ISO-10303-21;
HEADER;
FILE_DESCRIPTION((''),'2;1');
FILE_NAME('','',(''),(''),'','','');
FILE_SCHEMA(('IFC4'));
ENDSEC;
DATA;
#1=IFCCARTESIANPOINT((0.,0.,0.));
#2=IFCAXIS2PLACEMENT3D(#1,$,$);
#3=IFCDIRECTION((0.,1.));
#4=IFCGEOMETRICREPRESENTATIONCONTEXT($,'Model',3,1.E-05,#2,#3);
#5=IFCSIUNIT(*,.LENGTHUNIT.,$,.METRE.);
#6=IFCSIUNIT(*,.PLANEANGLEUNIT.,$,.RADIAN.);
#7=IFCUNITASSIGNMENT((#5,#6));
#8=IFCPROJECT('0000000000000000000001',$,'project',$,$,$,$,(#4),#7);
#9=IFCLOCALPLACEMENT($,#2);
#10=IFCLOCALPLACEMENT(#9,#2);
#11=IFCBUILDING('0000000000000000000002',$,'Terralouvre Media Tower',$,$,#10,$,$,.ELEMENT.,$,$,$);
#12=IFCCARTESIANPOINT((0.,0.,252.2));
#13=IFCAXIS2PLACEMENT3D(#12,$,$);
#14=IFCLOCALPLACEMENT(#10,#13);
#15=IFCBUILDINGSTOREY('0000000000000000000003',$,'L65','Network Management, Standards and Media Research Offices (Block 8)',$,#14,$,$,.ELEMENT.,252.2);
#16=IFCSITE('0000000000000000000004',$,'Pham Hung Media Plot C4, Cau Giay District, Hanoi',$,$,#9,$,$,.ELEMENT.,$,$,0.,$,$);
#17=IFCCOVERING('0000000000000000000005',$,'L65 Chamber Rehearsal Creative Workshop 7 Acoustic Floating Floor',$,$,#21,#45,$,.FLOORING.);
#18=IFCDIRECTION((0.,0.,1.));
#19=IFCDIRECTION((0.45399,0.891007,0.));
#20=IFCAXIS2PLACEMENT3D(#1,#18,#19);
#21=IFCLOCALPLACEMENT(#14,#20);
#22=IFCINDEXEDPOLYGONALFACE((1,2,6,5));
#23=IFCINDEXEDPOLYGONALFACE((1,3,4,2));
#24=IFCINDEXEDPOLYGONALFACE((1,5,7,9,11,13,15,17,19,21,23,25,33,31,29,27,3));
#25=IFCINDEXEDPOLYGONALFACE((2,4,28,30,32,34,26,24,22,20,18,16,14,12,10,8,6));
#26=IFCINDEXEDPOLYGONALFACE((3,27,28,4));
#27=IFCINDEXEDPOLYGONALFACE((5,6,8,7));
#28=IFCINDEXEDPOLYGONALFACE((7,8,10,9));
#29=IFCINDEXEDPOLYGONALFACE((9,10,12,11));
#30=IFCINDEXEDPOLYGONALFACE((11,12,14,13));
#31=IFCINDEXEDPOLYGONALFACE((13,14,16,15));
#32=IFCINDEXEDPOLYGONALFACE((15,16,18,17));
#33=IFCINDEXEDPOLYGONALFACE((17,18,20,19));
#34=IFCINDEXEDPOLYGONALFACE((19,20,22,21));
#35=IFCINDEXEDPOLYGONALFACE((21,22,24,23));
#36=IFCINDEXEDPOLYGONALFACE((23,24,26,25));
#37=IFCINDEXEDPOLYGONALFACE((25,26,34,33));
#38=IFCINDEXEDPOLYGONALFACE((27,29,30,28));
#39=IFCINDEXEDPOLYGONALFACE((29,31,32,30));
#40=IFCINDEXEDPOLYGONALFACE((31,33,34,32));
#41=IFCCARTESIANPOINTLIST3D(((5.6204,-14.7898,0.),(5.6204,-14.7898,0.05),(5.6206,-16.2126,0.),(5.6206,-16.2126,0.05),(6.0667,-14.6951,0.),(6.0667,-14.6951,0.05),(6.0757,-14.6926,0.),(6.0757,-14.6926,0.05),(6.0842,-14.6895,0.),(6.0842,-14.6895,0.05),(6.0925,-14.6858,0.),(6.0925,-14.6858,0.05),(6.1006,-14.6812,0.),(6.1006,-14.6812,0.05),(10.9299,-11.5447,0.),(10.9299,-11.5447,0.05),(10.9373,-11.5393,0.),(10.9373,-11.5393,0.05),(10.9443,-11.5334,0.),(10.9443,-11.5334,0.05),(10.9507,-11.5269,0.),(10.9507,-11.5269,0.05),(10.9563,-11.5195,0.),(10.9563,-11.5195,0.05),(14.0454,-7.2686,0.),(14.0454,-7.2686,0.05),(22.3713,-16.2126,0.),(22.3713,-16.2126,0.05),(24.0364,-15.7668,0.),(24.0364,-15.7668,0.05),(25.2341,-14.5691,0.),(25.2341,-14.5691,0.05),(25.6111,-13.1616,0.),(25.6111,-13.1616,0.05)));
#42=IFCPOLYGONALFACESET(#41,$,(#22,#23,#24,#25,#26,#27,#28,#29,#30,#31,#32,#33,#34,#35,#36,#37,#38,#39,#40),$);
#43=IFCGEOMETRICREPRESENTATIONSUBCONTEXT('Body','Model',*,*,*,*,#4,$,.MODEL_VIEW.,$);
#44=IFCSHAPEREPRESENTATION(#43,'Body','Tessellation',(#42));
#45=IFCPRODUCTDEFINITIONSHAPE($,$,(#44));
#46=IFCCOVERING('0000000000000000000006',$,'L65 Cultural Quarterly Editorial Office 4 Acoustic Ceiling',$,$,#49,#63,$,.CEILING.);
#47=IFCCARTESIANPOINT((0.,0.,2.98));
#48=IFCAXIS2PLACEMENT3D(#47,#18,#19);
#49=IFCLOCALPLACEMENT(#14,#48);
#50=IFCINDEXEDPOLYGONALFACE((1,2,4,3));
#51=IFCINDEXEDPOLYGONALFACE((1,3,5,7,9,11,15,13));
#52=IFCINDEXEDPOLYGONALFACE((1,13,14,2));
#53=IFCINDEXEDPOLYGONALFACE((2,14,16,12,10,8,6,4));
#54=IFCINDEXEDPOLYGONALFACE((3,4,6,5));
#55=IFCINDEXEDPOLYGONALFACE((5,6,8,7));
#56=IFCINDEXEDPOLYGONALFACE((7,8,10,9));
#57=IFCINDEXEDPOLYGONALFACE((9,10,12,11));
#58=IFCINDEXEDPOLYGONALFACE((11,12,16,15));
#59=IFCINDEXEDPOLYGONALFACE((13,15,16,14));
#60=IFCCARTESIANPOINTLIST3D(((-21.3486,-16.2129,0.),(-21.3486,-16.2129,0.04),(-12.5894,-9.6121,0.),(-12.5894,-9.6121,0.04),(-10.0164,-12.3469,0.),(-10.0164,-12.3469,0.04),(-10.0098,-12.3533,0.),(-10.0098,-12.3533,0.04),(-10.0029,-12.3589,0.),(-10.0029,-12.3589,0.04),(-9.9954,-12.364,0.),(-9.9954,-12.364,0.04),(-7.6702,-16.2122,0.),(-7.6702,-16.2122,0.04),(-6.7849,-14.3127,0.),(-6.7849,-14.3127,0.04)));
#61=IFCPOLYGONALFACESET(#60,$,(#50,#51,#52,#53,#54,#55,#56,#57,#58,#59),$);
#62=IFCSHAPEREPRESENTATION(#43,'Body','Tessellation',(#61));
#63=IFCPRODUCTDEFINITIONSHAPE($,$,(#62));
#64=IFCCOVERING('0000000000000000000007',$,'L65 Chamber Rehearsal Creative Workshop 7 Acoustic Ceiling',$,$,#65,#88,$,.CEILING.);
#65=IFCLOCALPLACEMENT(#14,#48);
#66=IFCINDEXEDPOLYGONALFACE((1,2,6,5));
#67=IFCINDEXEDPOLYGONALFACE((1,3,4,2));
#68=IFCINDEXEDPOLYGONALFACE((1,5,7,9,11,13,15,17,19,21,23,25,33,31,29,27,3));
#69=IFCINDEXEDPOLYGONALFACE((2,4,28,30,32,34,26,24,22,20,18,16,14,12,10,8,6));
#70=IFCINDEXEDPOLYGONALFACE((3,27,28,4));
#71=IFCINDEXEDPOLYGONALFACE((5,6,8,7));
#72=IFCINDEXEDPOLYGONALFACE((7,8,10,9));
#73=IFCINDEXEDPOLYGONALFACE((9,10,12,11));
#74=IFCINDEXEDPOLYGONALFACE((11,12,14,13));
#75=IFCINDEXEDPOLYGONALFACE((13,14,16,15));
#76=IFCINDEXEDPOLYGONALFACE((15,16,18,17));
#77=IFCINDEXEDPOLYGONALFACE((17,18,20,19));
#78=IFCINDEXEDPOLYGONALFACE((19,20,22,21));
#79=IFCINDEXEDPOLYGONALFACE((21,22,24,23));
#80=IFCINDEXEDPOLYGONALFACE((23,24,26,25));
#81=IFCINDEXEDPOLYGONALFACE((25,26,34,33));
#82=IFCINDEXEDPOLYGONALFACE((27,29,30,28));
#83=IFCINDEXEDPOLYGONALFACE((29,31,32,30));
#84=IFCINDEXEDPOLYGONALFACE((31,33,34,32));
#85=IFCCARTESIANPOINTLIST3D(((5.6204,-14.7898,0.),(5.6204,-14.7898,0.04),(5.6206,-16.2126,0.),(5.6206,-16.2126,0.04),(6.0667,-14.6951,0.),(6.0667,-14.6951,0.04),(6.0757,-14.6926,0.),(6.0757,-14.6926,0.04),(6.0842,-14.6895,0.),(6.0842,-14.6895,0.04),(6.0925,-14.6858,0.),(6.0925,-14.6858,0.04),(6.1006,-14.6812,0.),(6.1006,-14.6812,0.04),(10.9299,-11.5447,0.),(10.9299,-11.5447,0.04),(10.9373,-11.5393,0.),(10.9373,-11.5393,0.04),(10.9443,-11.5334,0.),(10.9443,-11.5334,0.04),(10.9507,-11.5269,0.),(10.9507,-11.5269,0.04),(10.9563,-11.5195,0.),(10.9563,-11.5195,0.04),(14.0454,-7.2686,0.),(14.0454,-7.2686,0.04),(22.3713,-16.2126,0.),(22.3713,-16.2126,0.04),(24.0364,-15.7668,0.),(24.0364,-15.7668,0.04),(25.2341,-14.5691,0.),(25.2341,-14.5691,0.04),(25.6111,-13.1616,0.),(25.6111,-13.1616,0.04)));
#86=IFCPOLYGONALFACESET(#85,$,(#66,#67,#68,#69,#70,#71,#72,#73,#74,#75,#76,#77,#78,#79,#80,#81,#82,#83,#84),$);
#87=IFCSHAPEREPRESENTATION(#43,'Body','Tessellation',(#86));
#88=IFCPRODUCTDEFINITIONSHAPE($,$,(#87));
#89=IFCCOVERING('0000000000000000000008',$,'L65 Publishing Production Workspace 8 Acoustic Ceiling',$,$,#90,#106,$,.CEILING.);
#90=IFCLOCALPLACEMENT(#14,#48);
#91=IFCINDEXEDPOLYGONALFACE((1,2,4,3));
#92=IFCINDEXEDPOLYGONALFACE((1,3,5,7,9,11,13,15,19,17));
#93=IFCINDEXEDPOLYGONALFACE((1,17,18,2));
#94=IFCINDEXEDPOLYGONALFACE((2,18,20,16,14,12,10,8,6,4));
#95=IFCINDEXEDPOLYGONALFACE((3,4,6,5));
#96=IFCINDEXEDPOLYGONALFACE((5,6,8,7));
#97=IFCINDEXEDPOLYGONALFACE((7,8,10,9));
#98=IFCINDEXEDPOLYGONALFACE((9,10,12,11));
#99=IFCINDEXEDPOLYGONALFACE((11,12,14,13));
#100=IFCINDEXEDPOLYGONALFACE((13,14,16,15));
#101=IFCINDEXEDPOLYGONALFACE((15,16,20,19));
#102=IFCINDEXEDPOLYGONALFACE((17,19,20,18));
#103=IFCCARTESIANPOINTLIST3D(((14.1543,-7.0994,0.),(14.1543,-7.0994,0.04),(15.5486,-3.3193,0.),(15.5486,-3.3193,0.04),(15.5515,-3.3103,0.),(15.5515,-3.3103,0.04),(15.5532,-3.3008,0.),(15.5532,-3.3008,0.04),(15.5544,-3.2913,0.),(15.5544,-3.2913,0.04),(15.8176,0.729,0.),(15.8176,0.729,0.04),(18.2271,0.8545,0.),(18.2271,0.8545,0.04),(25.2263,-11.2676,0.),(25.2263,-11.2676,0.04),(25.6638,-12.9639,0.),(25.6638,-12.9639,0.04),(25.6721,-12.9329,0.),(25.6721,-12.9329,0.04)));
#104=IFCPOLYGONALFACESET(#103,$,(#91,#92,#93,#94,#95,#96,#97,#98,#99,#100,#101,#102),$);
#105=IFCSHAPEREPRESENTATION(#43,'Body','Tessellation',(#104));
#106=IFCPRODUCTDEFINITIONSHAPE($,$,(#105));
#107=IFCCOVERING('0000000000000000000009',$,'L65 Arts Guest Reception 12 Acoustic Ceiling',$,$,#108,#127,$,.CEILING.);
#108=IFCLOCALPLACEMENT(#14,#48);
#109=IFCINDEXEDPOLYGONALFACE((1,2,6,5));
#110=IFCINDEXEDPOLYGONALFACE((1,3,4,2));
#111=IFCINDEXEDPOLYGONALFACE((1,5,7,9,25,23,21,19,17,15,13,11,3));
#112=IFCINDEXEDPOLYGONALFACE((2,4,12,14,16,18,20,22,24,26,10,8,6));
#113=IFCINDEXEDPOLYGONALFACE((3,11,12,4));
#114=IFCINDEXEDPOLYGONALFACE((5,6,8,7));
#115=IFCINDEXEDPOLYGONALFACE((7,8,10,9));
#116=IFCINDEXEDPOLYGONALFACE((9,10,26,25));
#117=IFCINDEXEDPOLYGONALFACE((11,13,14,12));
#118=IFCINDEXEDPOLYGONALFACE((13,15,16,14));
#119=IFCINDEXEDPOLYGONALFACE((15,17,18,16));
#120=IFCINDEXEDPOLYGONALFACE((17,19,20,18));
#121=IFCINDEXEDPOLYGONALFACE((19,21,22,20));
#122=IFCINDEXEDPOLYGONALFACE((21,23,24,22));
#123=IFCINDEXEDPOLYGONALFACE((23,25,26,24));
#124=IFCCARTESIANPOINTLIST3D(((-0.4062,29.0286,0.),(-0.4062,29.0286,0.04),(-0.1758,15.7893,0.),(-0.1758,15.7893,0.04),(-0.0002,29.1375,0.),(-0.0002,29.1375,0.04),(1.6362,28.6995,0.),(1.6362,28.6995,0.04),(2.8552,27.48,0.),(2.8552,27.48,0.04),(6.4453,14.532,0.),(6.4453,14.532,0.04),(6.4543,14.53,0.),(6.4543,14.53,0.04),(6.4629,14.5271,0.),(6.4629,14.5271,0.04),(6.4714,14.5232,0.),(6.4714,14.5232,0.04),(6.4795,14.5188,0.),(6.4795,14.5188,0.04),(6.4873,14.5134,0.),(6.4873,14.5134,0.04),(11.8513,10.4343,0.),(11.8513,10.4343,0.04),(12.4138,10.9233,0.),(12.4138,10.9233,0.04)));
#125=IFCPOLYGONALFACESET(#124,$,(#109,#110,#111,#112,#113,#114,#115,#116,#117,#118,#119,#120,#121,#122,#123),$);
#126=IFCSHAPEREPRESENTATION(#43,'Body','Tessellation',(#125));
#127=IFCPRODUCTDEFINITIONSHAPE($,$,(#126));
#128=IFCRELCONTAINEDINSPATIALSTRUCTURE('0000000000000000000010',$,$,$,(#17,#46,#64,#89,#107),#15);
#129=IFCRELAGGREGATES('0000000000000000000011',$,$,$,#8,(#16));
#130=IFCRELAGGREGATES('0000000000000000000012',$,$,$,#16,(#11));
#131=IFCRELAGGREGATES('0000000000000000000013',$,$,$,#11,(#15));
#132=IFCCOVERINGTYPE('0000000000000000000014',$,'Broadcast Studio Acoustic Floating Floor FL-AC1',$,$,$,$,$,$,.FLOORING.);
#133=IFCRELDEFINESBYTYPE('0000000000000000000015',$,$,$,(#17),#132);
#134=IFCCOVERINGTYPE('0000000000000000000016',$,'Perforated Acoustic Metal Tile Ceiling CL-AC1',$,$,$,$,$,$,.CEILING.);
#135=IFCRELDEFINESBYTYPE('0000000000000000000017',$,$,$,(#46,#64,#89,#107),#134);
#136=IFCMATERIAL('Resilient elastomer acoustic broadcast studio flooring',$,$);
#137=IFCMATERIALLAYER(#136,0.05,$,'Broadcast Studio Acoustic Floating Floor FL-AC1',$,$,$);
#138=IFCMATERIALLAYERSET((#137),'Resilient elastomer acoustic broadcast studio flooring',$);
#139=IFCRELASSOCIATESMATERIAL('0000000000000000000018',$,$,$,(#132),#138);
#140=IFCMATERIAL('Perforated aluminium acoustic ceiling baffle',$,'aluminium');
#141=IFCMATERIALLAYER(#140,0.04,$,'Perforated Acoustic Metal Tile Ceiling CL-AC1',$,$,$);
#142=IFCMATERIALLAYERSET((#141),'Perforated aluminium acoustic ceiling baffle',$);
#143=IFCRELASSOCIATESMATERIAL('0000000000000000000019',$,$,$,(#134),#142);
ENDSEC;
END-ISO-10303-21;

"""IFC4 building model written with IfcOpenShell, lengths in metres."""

from ifc_helpers import new_model, si_unit, direction, frame, origin, place, context, subcontext, project, spatial, polyline, outline, extrude, material, layer, layer_set, type_object, element, save


model = new_model("IFC4")

# Units and contexts
model_context = context("Model", 3, precision=1e-05, world=origin(), true_north=direction((0.0, 1.0)))
body_context = subcontext(model_context, "Body", "Model", "MODEL_VIEW")
ifc_project = project(units=[si_unit("LENGTHUNIT", "METRE"), si_unit("PLANEANGLEUNIT", "RADIAN")], contexts=[model_context])

# Site, building, storey
site_placement = place(None, origin())
site = spatial("IfcSite", under=ifc_project, at=site_placement, Name="Pham Hung Media Plot C4, Cau Giay District, Hanoi", CompositionType="ELEMENT", RefElevation=0.0)
building_placement = place(site_placement, origin())
building = spatial("IfcBuilding", under=site, at=building_placement, Name="Terralouvre Media Tower", CompositionType="ELEMENT")
storey_placement = place(building_placement, frame((0.0, 0.0, 252.2)))
storey = spatial("IfcBuildingStorey", under=building, at=storey_placement, Name="L65", Description="Network Management, Standards and Media Research Offices (Block 8)", CompositionType="ELEMENT", Elevation=252.2)

# Coverings
ifc_material_1 = material(Name="Resilient elastomer acoustic broadcast studio flooring")
ifc_layer_1 = layer(ifc_material_1, 0.05, Name="Broadcast Studio Acoustic Floating Floor FL-AC1")
ifc_layer_set_1 = layer_set([ifc_layer_1], Name="Resilient elastomer acoustic broadcast studio flooring")
covering_type_1 = type_object("IfcCoveringType", Name="Broadcast Studio Acoustic Floating Floor FL-AC1", PredefinedType="FLOORING", material=ifc_layer_set_1)
covering_1_placement = place(storey_placement, frame((0.0, 0.0, 0.0), z_axis=(0.0, 0.0, 1.0), x_axis=(0.45399, 0.891007, 0.0)))
element("IfcCovering", 1, at=covering_1_placement, inside=storey, type_object=covering_type_1, Name="L65 Chamber Rehearsal Creative Workshop 7 Acoustic Floating Floor", PredefinedType="FLOORING", context=body_context, shape_type="SweptSolid", body=[
    extrude(outline(polyline([(10.9563, -11.5195), (10.9507, -11.5269), (10.9443, -11.5334), (10.9373, -11.5393), (10.9299, -11.5447), (6.1006, -14.6812), (6.0925, -14.6858), (6.0842, -14.6895), (6.0757, -14.6926), (6.0667, -14.6951), (5.6204, -14.7898), (5.6206, -16.2126), (22.3713, -16.2126), (24.0364, -15.7668), (25.2341, -14.5691), (25.6111, -13.1616), (14.0454, -7.2686), (10.9563, -11.5195)])), origin(), (0.0, 0.0, 1.0), 0.05),
])
ifc_material_2 = material(Name="Perforated aluminium acoustic ceiling baffle", Category="aluminium")
ifc_layer_2 = layer(ifc_material_2, 0.04, Name="Perforated Acoustic Metal Tile Ceiling CL-AC1")
ifc_layer_set_2 = layer_set([ifc_layer_2], Name="Perforated aluminium acoustic ceiling baffle")
covering_type_2 = type_object("IfcCoveringType", Name="Perforated Acoustic Metal Tile Ceiling CL-AC1", PredefinedType="CEILING", material=ifc_layer_set_2)
covering_2_placement = place(storey_placement, frame((0.0, 0.0, 2.98), z_axis=(0.0, 0.0, 1.0), x_axis=(0.45399, 0.891007, 0.0)))
element("IfcCovering", 2, at=covering_2_placement, inside=storey, type_object=covering_type_2, Name="L65 Cultural Quarterly Editorial Office 4 Acoustic Ceiling", PredefinedType="CEILING", context=body_context, shape_type="SweptSolid", body=[
    extrude(outline(polyline([(-9.9954, -12.364), (-10.0029, -12.3589), (-10.0098, -12.3533), (-10.0164, -12.3469), (-12.5894, -9.6121), (-21.3486, -16.2129), (-7.6702, -16.2122), (-6.7849, -14.3127), (-9.9954, -12.364)])), origin(), (0.0, 0.0, 1.0), 0.04),
])
covering_3_placement = place(storey_placement, frame((0.0, 0.0, 2.98), z_axis=(0.0, 0.0, 1.0), x_axis=(0.45399, 0.891007, 0.0)))
element("IfcCovering", 3, at=covering_3_placement, inside=storey, type_object=covering_type_2, Name="L65 Chamber Rehearsal Creative Workshop 7 Acoustic Ceiling", PredefinedType="CEILING", context=body_context, shape_type="SweptSolid", body=[
    extrude(outline(polyline([(10.9563, -11.5195), (10.9507, -11.5269), (10.9443, -11.5334), (10.9373, -11.5393), (10.9299, -11.5447), (6.1006, -14.6812), (6.0925, -14.6858), (6.0842, -14.6895), (6.0757, -14.6926), (6.0667, -14.6951), (5.6204, -14.7898), (5.6206, -16.2126), (22.3713, -16.2126), (24.0364, -15.7668), (25.2341, -14.5691), (25.6111, -13.1616), (14.0454, -7.2686), (10.9563, -11.5195)])), origin(), (0.0, 0.0, 1.0), 0.04),
])
covering_4_placement = place(storey_placement, frame((0.0, 0.0, 2.98), z_axis=(0.0, 0.0, 1.0), x_axis=(0.45399, 0.891007, 0.0)))
element("IfcCovering", 4, at=covering_4_placement, inside=storey, type_object=covering_type_2, Name="L65 Publishing Production Workspace 8 Acoustic Ceiling", PredefinedType="CEILING", context=body_context, shape_type="SweptSolid", body=[
    extrude(outline(polyline([(15.5544, -3.2913), (15.5532, -3.3008), (15.5515, -3.3103), (15.5486, -3.3193), (14.1543, -7.0994), (25.6638, -12.9639), (25.6721, -12.9329), (25.2263, -11.2676), (18.2271, 0.8545), (15.8176, 0.729), (15.5544, -3.2913)])), origin(), (0.0, 0.0, 1.0), 0.04),
])
covering_5_placement = place(storey_placement, frame((0.0, 0.0, 2.98), z_axis=(0.0, 0.0, 1.0), x_axis=(0.45399, 0.891007, 0.0)))
element("IfcCovering", 5, at=covering_5_placement, inside=storey, type_object=covering_type_2, Name="L65 Arts Guest Reception 12 Acoustic Ceiling", PredefinedType="CEILING", context=body_context, shape_type="SweptSolid", body=[
    extrude(outline(polyline([(6.4453, 14.532), (6.4543, 14.53), (6.4629, 14.5271), (6.4714, 14.5232), (6.4795, 14.5188), (6.4873, 14.5134), (11.8513, 10.4343), (12.4138, 10.9233), (2.8552, 27.48), (1.6362, 28.6995), (-0.0002, 29.1375), (-0.4062, 29.0286), (-0.1758, 15.7893), (6.4453, 14.532)])), origin(), (0.0, 0.0, 1.0), 0.04),
])

save(model, "model.ifc")
